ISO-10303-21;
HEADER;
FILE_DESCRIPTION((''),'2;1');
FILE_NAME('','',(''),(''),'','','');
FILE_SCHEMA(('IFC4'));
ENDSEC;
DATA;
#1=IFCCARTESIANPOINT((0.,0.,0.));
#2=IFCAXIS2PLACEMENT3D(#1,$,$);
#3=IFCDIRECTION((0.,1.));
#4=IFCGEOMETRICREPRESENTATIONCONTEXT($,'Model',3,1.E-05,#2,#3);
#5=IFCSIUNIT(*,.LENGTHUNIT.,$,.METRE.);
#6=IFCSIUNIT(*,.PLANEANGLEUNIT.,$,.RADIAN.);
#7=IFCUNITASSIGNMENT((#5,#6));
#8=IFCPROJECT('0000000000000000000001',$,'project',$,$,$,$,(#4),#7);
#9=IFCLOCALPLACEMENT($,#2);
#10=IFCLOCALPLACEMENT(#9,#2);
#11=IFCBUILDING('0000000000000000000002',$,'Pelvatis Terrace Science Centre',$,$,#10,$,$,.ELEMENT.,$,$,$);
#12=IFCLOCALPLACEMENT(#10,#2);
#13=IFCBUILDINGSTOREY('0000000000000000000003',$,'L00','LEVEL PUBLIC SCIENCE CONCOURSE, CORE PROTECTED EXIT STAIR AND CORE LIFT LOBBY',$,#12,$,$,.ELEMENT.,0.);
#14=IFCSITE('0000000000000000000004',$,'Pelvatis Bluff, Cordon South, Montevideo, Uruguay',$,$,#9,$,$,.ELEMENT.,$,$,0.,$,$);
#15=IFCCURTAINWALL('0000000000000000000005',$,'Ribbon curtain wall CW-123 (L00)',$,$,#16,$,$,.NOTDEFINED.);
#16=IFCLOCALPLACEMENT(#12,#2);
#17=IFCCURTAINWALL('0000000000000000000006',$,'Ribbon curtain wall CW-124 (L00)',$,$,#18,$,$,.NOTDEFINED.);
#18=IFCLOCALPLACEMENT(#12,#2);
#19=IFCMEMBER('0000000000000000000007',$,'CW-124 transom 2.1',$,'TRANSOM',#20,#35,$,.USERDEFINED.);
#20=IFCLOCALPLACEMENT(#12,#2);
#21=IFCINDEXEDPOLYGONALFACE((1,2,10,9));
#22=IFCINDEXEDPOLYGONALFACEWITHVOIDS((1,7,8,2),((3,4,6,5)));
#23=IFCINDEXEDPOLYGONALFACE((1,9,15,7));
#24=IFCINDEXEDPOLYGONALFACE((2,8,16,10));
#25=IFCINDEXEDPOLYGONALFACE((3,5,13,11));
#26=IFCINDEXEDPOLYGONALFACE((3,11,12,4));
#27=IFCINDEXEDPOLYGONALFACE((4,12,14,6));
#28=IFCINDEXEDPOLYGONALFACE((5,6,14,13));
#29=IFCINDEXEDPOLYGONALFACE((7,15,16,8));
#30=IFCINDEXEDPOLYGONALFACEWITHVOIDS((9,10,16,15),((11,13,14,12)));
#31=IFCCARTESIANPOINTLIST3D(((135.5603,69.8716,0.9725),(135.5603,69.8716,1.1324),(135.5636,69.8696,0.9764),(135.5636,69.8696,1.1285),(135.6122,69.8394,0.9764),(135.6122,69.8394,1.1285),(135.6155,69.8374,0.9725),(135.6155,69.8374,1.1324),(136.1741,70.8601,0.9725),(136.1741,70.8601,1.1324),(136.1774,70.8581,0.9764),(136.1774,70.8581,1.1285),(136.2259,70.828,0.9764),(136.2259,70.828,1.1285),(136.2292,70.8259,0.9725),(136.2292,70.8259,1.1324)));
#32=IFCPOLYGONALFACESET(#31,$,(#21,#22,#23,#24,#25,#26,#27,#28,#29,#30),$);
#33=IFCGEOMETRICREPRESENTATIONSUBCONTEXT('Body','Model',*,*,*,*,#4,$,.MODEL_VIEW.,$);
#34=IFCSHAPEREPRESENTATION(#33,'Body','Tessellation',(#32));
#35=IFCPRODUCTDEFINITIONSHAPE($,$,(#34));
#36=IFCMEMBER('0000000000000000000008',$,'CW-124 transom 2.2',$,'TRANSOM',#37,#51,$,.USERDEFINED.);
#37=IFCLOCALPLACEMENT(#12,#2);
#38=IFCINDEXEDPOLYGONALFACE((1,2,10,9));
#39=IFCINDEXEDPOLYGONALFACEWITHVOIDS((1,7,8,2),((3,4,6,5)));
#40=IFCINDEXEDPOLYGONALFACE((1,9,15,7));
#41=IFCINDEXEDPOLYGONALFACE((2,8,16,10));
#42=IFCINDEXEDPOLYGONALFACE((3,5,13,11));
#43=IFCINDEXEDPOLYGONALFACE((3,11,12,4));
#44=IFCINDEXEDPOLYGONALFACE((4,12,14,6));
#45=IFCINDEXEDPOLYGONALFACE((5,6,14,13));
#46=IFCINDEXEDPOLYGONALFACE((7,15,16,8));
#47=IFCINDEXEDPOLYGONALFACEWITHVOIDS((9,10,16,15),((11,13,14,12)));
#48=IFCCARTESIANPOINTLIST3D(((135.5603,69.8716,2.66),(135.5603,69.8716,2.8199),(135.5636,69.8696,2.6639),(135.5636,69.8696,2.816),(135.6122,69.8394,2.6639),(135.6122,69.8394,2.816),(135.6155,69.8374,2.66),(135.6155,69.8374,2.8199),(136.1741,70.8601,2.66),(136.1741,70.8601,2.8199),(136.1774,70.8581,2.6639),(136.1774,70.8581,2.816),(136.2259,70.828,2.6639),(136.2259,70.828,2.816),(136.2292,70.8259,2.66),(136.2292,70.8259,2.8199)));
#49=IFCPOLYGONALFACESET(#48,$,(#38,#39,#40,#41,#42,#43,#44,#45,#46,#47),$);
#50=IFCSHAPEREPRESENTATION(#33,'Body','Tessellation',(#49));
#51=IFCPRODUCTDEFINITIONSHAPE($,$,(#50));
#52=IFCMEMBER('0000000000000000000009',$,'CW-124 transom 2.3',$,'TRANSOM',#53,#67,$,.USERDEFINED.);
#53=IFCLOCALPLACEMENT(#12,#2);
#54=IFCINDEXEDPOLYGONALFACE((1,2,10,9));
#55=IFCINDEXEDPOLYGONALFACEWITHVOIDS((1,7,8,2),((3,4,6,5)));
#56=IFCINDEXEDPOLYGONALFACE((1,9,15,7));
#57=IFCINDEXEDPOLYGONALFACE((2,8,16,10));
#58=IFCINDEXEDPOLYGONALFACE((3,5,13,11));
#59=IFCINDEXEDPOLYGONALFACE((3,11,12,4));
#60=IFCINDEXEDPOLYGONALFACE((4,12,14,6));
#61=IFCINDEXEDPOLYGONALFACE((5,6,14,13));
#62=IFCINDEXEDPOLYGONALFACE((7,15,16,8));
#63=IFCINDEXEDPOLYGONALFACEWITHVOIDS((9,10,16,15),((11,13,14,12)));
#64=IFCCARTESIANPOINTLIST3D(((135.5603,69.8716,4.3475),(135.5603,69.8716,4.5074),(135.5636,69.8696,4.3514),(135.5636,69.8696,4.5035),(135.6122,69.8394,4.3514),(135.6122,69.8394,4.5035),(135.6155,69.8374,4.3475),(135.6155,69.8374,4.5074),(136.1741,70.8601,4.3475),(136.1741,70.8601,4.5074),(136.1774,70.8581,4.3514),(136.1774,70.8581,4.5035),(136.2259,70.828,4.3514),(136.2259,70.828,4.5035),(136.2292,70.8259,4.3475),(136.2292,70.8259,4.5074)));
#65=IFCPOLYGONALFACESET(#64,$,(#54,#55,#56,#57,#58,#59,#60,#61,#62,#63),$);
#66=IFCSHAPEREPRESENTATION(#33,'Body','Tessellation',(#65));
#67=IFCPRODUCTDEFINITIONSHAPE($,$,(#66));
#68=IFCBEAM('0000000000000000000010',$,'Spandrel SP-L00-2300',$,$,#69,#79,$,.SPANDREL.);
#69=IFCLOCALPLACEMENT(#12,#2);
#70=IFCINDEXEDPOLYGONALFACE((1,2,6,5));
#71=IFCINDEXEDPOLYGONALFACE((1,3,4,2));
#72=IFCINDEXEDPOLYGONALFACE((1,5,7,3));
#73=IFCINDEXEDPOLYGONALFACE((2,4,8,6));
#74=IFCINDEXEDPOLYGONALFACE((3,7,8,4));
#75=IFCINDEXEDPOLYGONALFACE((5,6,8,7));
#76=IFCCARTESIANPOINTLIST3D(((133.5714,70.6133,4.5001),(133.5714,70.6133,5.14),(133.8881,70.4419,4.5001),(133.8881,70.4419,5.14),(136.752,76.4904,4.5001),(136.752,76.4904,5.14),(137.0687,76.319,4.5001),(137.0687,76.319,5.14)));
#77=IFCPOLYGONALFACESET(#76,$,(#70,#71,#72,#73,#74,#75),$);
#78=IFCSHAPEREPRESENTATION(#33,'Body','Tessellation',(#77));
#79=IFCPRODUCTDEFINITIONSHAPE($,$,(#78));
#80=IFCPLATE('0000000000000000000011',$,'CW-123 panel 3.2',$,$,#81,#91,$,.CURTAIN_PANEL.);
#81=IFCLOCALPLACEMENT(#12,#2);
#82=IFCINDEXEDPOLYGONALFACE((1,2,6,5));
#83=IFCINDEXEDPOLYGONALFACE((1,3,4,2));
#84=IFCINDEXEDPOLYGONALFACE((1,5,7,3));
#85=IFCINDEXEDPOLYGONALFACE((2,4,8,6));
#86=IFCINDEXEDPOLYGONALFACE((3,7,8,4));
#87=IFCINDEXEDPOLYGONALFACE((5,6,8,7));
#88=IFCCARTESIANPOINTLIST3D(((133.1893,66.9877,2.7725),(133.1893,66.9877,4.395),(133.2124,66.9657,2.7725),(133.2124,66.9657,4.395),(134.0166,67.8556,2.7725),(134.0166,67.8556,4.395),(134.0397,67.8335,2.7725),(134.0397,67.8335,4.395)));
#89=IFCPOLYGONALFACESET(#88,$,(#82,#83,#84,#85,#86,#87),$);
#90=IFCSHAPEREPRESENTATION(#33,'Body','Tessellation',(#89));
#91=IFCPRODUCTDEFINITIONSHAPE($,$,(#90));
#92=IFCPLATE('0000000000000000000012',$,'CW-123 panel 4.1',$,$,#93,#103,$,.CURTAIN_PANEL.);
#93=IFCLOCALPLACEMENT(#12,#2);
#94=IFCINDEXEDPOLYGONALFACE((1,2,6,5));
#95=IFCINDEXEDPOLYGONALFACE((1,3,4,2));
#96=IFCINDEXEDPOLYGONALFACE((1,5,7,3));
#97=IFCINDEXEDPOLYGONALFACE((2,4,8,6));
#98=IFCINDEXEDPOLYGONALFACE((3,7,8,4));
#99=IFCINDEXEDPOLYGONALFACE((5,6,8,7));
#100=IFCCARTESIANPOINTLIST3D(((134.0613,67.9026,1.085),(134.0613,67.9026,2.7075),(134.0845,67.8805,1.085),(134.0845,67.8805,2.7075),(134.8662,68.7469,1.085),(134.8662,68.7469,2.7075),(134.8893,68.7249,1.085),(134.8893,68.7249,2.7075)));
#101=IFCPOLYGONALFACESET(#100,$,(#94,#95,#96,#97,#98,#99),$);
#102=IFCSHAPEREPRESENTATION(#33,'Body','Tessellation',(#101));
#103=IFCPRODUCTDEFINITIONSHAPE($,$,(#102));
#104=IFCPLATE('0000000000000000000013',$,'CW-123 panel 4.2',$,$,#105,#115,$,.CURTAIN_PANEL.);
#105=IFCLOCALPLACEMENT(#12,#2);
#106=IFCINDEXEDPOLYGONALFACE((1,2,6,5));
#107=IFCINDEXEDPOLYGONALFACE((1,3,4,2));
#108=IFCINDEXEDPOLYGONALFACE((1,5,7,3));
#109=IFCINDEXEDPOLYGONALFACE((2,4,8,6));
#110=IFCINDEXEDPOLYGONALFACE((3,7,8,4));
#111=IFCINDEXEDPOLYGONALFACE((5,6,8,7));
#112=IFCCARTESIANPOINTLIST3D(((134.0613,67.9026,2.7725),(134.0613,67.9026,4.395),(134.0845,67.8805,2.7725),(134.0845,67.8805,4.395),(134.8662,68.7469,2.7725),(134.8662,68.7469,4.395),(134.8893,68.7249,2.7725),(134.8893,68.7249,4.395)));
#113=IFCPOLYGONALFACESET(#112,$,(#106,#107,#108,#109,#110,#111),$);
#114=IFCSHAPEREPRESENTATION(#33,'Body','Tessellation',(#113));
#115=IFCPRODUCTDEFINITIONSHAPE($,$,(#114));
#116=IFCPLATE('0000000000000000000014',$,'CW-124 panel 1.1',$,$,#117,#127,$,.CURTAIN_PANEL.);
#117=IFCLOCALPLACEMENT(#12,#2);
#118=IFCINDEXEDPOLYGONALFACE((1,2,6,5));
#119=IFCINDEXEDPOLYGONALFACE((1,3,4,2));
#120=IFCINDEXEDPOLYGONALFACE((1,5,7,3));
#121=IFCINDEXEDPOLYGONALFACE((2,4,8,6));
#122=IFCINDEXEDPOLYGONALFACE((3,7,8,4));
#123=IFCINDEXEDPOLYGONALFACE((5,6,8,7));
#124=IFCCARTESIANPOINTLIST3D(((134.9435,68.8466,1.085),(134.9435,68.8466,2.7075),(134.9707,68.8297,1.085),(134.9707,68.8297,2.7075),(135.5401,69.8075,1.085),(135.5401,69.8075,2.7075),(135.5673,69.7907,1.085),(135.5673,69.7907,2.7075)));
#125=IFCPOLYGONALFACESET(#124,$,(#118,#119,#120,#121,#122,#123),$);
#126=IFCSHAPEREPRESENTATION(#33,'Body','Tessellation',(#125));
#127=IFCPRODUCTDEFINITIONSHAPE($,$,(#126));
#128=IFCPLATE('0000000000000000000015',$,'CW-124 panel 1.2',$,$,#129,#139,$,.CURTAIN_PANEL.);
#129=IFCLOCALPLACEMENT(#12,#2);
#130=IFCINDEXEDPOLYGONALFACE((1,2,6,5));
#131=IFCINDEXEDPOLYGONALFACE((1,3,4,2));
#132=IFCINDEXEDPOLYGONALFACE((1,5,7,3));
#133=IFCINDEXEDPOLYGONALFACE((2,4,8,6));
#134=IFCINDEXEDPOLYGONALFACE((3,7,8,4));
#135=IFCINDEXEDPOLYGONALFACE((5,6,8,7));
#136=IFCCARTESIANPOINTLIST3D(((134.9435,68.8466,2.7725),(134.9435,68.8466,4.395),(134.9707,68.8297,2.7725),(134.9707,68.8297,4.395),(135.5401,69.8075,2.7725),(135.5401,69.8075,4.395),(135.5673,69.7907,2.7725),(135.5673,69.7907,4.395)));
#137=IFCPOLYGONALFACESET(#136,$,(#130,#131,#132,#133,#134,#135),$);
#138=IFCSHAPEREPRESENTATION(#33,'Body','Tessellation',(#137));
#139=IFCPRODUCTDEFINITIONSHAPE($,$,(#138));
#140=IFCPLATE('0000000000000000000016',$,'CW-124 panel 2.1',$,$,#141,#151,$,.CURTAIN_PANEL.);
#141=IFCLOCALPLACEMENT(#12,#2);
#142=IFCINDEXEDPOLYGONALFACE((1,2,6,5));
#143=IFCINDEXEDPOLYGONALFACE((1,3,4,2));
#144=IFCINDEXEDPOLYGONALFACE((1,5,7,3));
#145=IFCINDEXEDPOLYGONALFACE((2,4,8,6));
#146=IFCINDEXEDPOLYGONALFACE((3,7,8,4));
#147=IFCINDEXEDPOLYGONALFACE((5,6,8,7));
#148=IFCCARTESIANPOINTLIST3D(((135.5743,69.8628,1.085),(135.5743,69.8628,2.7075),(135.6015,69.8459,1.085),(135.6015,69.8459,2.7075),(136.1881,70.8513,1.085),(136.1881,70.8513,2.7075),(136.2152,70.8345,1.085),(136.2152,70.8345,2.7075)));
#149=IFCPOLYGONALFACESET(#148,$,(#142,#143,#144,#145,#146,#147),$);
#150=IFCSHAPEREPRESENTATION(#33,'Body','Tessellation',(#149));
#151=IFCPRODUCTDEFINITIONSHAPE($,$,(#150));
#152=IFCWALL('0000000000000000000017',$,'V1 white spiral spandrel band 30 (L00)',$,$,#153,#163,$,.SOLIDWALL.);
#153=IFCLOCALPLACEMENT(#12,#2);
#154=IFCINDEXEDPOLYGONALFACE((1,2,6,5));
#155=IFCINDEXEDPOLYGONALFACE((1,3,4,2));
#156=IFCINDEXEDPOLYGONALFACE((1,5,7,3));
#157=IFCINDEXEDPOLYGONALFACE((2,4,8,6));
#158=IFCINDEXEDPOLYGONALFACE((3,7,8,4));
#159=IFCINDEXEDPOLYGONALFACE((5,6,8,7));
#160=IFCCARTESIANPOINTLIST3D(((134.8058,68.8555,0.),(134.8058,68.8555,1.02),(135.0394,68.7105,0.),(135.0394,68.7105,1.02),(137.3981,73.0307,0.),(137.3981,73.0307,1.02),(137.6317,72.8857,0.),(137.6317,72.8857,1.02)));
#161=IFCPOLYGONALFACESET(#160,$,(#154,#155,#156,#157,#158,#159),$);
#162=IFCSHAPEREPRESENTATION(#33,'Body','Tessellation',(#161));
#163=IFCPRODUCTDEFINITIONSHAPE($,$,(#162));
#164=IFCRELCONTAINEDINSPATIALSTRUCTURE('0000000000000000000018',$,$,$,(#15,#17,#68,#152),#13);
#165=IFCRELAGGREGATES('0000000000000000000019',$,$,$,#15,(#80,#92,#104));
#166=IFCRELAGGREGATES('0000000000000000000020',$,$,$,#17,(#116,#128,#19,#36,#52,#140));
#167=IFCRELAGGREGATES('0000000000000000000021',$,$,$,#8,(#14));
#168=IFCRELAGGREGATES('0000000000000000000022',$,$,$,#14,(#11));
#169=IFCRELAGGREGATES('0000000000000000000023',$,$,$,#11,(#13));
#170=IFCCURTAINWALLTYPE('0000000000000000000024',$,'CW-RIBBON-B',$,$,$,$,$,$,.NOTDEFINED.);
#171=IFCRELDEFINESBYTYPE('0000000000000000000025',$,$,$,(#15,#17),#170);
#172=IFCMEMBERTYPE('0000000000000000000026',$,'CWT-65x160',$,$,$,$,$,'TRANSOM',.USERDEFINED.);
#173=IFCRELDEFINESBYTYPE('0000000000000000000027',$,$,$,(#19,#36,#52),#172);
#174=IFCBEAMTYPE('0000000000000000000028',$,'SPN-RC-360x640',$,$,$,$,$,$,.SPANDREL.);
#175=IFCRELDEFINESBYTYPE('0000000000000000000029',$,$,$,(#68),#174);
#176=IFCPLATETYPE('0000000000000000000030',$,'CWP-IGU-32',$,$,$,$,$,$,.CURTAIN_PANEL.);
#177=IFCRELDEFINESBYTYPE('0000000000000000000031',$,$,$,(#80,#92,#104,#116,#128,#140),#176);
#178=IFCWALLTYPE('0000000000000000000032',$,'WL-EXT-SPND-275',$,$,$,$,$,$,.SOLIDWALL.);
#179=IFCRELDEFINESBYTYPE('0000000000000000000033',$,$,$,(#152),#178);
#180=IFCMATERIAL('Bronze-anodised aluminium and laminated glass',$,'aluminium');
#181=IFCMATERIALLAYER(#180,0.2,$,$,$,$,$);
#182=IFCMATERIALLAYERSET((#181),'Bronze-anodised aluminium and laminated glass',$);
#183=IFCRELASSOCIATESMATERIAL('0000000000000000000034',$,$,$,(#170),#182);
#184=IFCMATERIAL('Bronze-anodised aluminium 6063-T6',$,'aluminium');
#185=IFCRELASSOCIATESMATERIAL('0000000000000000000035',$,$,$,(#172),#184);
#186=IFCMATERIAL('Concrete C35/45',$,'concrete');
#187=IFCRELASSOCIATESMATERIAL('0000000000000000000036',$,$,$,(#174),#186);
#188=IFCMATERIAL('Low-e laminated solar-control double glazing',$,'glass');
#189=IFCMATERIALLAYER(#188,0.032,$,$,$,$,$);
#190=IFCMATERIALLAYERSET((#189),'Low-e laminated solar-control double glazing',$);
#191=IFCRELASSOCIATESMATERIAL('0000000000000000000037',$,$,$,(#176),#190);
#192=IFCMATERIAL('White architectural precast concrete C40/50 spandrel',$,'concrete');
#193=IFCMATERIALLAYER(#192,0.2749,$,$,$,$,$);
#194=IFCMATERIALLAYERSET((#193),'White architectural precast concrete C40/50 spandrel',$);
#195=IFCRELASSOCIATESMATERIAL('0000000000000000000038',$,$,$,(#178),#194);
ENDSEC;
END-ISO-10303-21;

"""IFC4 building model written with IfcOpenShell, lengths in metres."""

from ifc_helpers import new_model, si_unit, direction, frame, frame_2d, origin, origin_2d, place, context, subcontext, project, spatial, rectangle, hollow_rectangle, extrude, material, layer, layer_set, material_profile, profile_set, type_object, element, aggregate, save


model = new_model("IFC4")

# Units and contexts
model_context = context("Model", 3, precision=1e-05, world=origin(), true_north=direction((0.0, 1.0)))
body_context = subcontext(model_context, "Body", "Model", "MODEL_VIEW")
ifc_project = project(units=[si_unit("LENGTHUNIT", "METRE"), si_unit("PLANEANGLEUNIT", "RADIAN")], contexts=[model_context])

# Site, building, storey
site_placement = place(None, origin())
site = spatial("IfcSite", under=ifc_project, at=site_placement, Name="Pelvatis Bluff, Cordon South, Montevideo, Uruguay", CompositionType="ELEMENT", RefElevation=0.0)
building_placement = place(site_placement, origin())
building = spatial("IfcBuilding", under=site, at=building_placement, Name="Pelvatis Terrace Science Centre", CompositionType="ELEMENT")
storey_placement = place(building_placement, origin())
storey = spatial("IfcBuildingStorey", under=building, at=storey_placement, Name="L00", Description="LEVEL PUBLIC SCIENCE CONCOURSE, CORE PROTECTED EXIT STAIR AND CORE LIFT LOBBY", CompositionType="ELEMENT", Elevation=0.0)

# Curtain walls
ifc_material_1 = material(Name="Bronze-anodised aluminium and laminated glass", Category="aluminium")
ifc_layer_1 = layer(ifc_material_1, 0.2)
ifc_layer_set_1 = layer_set([ifc_layer_1], Name="Bronze-anodised aluminium and laminated glass")
curtain_wall_type = type_object("IfcCurtainWallType", Name="CW-RIBBON-B", PredefinedType="NOTDEFINED", material=ifc_layer_set_1)
curtain_wall_1_placement = place(storey_placement, origin())
curtain_wall_1 = element("IfcCurtainWall", 1, at=curtain_wall_1_placement, inside=storey, type_object=curtain_wall_type, Name="Ribbon curtain wall CW-123 (L00)", PredefinedType="NOTDEFINED")
curtain_wall_2_placement = place(storey_placement, origin())
curtain_wall_2 = element("IfcCurtainWall", 2, at=curtain_wall_2_placement, inside=storey, type_object=curtain_wall_type, Name="Ribbon curtain wall CW-124 (L00)", PredefinedType="NOTDEFINED")

# Members
ifc_material_2 = material(Name="Bronze-anodised aluminium 6063-T6", Category="aluminium")
ifc_material_profile_1 = material_profile(ifc_material_2, hollow_rectangle(XDim=0.0649, YDim=0.1599, WallThickness=0.0039, at=origin_2d()), Name="ALU-TRN 65x160")
ifc_profile_set_1 = profile_set([ifc_material_profile_1], Name="Bronze-anodised aluminium 6063-T6")
member_type_1 = type_object("IfcMemberType", Name="CWT-65x160", ElementType="TRANSOM", PredefinedType="USERDEFINED", material=ifc_profile_set_1)
member_1_placement = place(storey_placement, frame((135.5879, 69.8545, 1.0525), z_axis=(0.527488, 0.849562, 0.0), x_axis=(-0.849562, 0.527488, 0.0)))
member_1 = element("IfcMember", 3, at=member_1_placement, type_object=member_type_1, Name="CW-124 transom 2.1", ObjectType="TRANSOM", PredefinedType="USERDEFINED", context=body_context, shape_type="SweptSolid", body=[
    extrude(hollow_rectangle(XDim=0.0649, YDim=0.1599, WallThickness=0.0039, at=origin_2d()), origin(), (0.0, 0.0, 1.0), 1.1636),
])
member_2_placement = place(storey_placement, frame((135.5879, 69.8545, 2.74), z_axis=(0.527488, 0.849562, 0.0), x_axis=(-0.849562, 0.527488, 0.0)))
member_2 = element("IfcMember", 4, at=member_2_placement, type_object=member_type_1, Name="CW-124 transom 2.2", ObjectType="TRANSOM", PredefinedType="USERDEFINED", context=body_context, shape_type="SweptSolid", body=[
    extrude(hollow_rectangle(XDim=0.0649, YDim=0.1599, WallThickness=0.0039, at=origin_2d()), origin(), (0.0, 0.0, 1.0), 1.1636),
])
member_3_placement = place(storey_placement, frame((135.5879, 69.8545, 4.4275), z_axis=(0.527488, 0.849562, 0.0), x_axis=(-0.849562, 0.527488, 0.0)))
member_3 = element("IfcMember", 5, at=member_3_placement, type_object=member_type_1, Name="CW-124 transom 2.3", ObjectType="TRANSOM", PredefinedType="USERDEFINED", context=body_context, shape_type="SweptSolid", body=[
    extrude(hollow_rectangle(XDim=0.0649, YDim=0.1599, WallThickness=0.0039, at=origin_2d()), origin(), (0.0, 0.0, 1.0), 1.1636),
])

# Beam
ifc_material_3 = material(Name="Concrete C35/45", Category="concrete")
ifc_material_profile_2 = material_profile(ifc_material_3, rectangle(XDim=0.3601, YDim=0.6399, at=origin_2d()), Name="RC-SPN 360x640")
ifc_profile_set_2 = profile_set([ifc_material_profile_2], Name="Concrete C35/45")
beam_type = type_object("IfcBeamType", Name="SPN-RC-360x640", PredefinedType="SPANDREL", material=ifc_profile_set_2)
beam_placement = place(storey_placement, frame((133.7297, 70.5276, 4.8201), z_axis=(0.475957, 0.879468, 0.0), x_axis=(-0.879468, 0.475957, 0.0)))
element("IfcBeam", 6, at=beam_placement, inside=storey, type_object=beam_type, Name="Spandrel SP-L00-2300", PredefinedType="SPANDREL", context=body_context, shape_type="SweptSolid", body=[
    extrude(rectangle(XDim=0.3601, YDim=0.6399, at=origin_2d()), origin(), (0.0, 0.0, 1.0), 6.6826),
])

# Plates
ifc_material_4 = material(Name="Low-e laminated solar-control double glazing", Category="glass")
ifc_layer_2 = layer(ifc_material_4, 0.032)
ifc_layer_set_2 = layer_set([ifc_layer_2], Name="Low-e laminated solar-control double glazing")
plate_type = type_object("IfcPlateType", Name="CWP-IGU-32", PredefinedType="CURTAIN_PANEL", material=ifc_layer_set_2)
plate_1_placement = place(storey_placement, frame((133.6145, 67.4106, 2.7725), z_axis=(0.0, 0.0, 1.0), x_axis=(0.689973, 0.723835, 0.0)))
plate_1 = element("IfcPlate", 7, at=plate_1_placement, type_object=plate_type, Name="CW-123 panel 3.2", PredefinedType="CURTAIN_PANEL", context=body_context, shape_type="SweptSolid", body=[
    extrude(rectangle(XDim=1.199, YDim=0.032, at=origin_2d()), origin(), (0.0, 0.0, 1.0), 1.6226),
])
plate_2_placement = place(storey_placement, frame((134.4753, 68.3137, 1.085), z_axis=(0.0, 0.0, 1.0), x_axis=(0.689973, 0.723835, 0.0)))
plate_2 = element("IfcPlate", 8, at=plate_2_placement, type_object=plate_type, Name="CW-123 panel 4.1", PredefinedType="CURTAIN_PANEL", context=body_context, shape_type="SweptSolid", body=[
    extrude(rectangle(XDim=1.1665, YDim=0.032, at=origin_2d()), origin(), (0.0, 0.0, 1.0), 1.6226),
])
plate_3_placement = place(storey_placement, frame((134.4753, 68.3137, 2.7725), z_axis=(0.0, 0.0, 1.0), x_axis=(0.689973, 0.723835, 0.0)))
plate_3 = element("IfcPlate", 9, at=plate_3_placement, type_object=plate_type, Name="CW-123 panel 4.2", PredefinedType="CURTAIN_PANEL", context=body_context, shape_type="SweptSolid", body=[
    extrude(rectangle(XDim=1.1665, YDim=0.032, at=origin_2d()), origin(), (0.0, 0.0, 1.0), 1.6226),
])
aggregate(curtain_wall_1, [plate_1, plate_2, plate_3])
plate_4_placement = place(storey_placement, frame((135.2554, 69.3186, 1.085), z_axis=(0.0, 0.0, 1.0), x_axis=(0.52745, 0.849586, 0.0)))
plate_4 = element("IfcPlate", 10, at=plate_4_placement, type_object=plate_type, Name="CW-124 panel 1.1", PredefinedType="CURTAIN_PANEL", context=body_context, shape_type="SweptSolid", body=[
    extrude(rectangle(XDim=1.1311, YDim=0.032, at=origin_2d()), origin(), (0.0, 0.0, 1.0), 1.6226),
])
plate_5_placement = place(storey_placement, frame((135.2554, 69.3186, 2.7725), z_axis=(0.0, 0.0, 1.0), x_axis=(0.52745, 0.849586, 0.0)))
plate_5 = element("IfcPlate", 11, at=plate_5_placement, type_object=plate_type, Name="CW-124 panel 1.2", PredefinedType="CURTAIN_PANEL", context=body_context, shape_type="SweptSolid", body=[
    extrude(rectangle(XDim=1.1311, YDim=0.032, at=origin_2d()), origin(), (0.0, 0.0, 1.0), 1.6226),
])
plate_6_placement = place(storey_placement, frame((135.8948, 70.3486, 1.085), z_axis=(0.0, 0.0, 1.0), x_axis=(0.52745, 0.849586, 0.0)))
plate_6 = element("IfcPlate", 12, at=plate_6_placement, type_object=plate_type, Name="CW-124 panel 2.1", PredefinedType="CURTAIN_PANEL", context=body_context, shape_type="SweptSolid", body=[
    extrude(rectangle(XDim=1.1636, YDim=0.032, at=origin_2d()), origin(), (0.0, 0.0, 1.0), 1.6226),
])
aggregate(curtain_wall_2, [plate_4, plate_5, member_1, member_2, member_3, plate_6])

# Wall
ifc_material_5 = material(Name="White architectural precast concrete C40/50 spandrel", Category="concrete")
ifc_layer_3 = layer(ifc_material_5, 0.2749)
ifc_layer_set_3 = layer_set([ifc_layer_3], Name="White architectural precast concrete C40/50 spandrel")
wall_type = type_object("IfcWallType", Name="WL-EXT-SPND-275", PredefinedType="SOLIDWALL", material=ifc_layer_set_3)
wall_placement = place(storey_placement, frame((134.9226, 68.783, 0.0), z_axis=(0.0, 0.0, 1.0), x_axis=(0.527469, 0.849574, 0.0)))
element("IfcWall", 13, at=wall_placement, inside=storey, type_object=wall_type, Name="V1 white spiral spandrel band 30 (L00)", PredefinedType="SOLIDWALL", context=body_context, shape_type="SweptSolid", body=[
    extrude(rectangle(XDim=4.9146, YDim=0.2749, at=frame_2d((2.4573, 0.0))), origin(), (0.0, 0.0, 1.0), 1.02),
])

save(model, "model.ifc")
